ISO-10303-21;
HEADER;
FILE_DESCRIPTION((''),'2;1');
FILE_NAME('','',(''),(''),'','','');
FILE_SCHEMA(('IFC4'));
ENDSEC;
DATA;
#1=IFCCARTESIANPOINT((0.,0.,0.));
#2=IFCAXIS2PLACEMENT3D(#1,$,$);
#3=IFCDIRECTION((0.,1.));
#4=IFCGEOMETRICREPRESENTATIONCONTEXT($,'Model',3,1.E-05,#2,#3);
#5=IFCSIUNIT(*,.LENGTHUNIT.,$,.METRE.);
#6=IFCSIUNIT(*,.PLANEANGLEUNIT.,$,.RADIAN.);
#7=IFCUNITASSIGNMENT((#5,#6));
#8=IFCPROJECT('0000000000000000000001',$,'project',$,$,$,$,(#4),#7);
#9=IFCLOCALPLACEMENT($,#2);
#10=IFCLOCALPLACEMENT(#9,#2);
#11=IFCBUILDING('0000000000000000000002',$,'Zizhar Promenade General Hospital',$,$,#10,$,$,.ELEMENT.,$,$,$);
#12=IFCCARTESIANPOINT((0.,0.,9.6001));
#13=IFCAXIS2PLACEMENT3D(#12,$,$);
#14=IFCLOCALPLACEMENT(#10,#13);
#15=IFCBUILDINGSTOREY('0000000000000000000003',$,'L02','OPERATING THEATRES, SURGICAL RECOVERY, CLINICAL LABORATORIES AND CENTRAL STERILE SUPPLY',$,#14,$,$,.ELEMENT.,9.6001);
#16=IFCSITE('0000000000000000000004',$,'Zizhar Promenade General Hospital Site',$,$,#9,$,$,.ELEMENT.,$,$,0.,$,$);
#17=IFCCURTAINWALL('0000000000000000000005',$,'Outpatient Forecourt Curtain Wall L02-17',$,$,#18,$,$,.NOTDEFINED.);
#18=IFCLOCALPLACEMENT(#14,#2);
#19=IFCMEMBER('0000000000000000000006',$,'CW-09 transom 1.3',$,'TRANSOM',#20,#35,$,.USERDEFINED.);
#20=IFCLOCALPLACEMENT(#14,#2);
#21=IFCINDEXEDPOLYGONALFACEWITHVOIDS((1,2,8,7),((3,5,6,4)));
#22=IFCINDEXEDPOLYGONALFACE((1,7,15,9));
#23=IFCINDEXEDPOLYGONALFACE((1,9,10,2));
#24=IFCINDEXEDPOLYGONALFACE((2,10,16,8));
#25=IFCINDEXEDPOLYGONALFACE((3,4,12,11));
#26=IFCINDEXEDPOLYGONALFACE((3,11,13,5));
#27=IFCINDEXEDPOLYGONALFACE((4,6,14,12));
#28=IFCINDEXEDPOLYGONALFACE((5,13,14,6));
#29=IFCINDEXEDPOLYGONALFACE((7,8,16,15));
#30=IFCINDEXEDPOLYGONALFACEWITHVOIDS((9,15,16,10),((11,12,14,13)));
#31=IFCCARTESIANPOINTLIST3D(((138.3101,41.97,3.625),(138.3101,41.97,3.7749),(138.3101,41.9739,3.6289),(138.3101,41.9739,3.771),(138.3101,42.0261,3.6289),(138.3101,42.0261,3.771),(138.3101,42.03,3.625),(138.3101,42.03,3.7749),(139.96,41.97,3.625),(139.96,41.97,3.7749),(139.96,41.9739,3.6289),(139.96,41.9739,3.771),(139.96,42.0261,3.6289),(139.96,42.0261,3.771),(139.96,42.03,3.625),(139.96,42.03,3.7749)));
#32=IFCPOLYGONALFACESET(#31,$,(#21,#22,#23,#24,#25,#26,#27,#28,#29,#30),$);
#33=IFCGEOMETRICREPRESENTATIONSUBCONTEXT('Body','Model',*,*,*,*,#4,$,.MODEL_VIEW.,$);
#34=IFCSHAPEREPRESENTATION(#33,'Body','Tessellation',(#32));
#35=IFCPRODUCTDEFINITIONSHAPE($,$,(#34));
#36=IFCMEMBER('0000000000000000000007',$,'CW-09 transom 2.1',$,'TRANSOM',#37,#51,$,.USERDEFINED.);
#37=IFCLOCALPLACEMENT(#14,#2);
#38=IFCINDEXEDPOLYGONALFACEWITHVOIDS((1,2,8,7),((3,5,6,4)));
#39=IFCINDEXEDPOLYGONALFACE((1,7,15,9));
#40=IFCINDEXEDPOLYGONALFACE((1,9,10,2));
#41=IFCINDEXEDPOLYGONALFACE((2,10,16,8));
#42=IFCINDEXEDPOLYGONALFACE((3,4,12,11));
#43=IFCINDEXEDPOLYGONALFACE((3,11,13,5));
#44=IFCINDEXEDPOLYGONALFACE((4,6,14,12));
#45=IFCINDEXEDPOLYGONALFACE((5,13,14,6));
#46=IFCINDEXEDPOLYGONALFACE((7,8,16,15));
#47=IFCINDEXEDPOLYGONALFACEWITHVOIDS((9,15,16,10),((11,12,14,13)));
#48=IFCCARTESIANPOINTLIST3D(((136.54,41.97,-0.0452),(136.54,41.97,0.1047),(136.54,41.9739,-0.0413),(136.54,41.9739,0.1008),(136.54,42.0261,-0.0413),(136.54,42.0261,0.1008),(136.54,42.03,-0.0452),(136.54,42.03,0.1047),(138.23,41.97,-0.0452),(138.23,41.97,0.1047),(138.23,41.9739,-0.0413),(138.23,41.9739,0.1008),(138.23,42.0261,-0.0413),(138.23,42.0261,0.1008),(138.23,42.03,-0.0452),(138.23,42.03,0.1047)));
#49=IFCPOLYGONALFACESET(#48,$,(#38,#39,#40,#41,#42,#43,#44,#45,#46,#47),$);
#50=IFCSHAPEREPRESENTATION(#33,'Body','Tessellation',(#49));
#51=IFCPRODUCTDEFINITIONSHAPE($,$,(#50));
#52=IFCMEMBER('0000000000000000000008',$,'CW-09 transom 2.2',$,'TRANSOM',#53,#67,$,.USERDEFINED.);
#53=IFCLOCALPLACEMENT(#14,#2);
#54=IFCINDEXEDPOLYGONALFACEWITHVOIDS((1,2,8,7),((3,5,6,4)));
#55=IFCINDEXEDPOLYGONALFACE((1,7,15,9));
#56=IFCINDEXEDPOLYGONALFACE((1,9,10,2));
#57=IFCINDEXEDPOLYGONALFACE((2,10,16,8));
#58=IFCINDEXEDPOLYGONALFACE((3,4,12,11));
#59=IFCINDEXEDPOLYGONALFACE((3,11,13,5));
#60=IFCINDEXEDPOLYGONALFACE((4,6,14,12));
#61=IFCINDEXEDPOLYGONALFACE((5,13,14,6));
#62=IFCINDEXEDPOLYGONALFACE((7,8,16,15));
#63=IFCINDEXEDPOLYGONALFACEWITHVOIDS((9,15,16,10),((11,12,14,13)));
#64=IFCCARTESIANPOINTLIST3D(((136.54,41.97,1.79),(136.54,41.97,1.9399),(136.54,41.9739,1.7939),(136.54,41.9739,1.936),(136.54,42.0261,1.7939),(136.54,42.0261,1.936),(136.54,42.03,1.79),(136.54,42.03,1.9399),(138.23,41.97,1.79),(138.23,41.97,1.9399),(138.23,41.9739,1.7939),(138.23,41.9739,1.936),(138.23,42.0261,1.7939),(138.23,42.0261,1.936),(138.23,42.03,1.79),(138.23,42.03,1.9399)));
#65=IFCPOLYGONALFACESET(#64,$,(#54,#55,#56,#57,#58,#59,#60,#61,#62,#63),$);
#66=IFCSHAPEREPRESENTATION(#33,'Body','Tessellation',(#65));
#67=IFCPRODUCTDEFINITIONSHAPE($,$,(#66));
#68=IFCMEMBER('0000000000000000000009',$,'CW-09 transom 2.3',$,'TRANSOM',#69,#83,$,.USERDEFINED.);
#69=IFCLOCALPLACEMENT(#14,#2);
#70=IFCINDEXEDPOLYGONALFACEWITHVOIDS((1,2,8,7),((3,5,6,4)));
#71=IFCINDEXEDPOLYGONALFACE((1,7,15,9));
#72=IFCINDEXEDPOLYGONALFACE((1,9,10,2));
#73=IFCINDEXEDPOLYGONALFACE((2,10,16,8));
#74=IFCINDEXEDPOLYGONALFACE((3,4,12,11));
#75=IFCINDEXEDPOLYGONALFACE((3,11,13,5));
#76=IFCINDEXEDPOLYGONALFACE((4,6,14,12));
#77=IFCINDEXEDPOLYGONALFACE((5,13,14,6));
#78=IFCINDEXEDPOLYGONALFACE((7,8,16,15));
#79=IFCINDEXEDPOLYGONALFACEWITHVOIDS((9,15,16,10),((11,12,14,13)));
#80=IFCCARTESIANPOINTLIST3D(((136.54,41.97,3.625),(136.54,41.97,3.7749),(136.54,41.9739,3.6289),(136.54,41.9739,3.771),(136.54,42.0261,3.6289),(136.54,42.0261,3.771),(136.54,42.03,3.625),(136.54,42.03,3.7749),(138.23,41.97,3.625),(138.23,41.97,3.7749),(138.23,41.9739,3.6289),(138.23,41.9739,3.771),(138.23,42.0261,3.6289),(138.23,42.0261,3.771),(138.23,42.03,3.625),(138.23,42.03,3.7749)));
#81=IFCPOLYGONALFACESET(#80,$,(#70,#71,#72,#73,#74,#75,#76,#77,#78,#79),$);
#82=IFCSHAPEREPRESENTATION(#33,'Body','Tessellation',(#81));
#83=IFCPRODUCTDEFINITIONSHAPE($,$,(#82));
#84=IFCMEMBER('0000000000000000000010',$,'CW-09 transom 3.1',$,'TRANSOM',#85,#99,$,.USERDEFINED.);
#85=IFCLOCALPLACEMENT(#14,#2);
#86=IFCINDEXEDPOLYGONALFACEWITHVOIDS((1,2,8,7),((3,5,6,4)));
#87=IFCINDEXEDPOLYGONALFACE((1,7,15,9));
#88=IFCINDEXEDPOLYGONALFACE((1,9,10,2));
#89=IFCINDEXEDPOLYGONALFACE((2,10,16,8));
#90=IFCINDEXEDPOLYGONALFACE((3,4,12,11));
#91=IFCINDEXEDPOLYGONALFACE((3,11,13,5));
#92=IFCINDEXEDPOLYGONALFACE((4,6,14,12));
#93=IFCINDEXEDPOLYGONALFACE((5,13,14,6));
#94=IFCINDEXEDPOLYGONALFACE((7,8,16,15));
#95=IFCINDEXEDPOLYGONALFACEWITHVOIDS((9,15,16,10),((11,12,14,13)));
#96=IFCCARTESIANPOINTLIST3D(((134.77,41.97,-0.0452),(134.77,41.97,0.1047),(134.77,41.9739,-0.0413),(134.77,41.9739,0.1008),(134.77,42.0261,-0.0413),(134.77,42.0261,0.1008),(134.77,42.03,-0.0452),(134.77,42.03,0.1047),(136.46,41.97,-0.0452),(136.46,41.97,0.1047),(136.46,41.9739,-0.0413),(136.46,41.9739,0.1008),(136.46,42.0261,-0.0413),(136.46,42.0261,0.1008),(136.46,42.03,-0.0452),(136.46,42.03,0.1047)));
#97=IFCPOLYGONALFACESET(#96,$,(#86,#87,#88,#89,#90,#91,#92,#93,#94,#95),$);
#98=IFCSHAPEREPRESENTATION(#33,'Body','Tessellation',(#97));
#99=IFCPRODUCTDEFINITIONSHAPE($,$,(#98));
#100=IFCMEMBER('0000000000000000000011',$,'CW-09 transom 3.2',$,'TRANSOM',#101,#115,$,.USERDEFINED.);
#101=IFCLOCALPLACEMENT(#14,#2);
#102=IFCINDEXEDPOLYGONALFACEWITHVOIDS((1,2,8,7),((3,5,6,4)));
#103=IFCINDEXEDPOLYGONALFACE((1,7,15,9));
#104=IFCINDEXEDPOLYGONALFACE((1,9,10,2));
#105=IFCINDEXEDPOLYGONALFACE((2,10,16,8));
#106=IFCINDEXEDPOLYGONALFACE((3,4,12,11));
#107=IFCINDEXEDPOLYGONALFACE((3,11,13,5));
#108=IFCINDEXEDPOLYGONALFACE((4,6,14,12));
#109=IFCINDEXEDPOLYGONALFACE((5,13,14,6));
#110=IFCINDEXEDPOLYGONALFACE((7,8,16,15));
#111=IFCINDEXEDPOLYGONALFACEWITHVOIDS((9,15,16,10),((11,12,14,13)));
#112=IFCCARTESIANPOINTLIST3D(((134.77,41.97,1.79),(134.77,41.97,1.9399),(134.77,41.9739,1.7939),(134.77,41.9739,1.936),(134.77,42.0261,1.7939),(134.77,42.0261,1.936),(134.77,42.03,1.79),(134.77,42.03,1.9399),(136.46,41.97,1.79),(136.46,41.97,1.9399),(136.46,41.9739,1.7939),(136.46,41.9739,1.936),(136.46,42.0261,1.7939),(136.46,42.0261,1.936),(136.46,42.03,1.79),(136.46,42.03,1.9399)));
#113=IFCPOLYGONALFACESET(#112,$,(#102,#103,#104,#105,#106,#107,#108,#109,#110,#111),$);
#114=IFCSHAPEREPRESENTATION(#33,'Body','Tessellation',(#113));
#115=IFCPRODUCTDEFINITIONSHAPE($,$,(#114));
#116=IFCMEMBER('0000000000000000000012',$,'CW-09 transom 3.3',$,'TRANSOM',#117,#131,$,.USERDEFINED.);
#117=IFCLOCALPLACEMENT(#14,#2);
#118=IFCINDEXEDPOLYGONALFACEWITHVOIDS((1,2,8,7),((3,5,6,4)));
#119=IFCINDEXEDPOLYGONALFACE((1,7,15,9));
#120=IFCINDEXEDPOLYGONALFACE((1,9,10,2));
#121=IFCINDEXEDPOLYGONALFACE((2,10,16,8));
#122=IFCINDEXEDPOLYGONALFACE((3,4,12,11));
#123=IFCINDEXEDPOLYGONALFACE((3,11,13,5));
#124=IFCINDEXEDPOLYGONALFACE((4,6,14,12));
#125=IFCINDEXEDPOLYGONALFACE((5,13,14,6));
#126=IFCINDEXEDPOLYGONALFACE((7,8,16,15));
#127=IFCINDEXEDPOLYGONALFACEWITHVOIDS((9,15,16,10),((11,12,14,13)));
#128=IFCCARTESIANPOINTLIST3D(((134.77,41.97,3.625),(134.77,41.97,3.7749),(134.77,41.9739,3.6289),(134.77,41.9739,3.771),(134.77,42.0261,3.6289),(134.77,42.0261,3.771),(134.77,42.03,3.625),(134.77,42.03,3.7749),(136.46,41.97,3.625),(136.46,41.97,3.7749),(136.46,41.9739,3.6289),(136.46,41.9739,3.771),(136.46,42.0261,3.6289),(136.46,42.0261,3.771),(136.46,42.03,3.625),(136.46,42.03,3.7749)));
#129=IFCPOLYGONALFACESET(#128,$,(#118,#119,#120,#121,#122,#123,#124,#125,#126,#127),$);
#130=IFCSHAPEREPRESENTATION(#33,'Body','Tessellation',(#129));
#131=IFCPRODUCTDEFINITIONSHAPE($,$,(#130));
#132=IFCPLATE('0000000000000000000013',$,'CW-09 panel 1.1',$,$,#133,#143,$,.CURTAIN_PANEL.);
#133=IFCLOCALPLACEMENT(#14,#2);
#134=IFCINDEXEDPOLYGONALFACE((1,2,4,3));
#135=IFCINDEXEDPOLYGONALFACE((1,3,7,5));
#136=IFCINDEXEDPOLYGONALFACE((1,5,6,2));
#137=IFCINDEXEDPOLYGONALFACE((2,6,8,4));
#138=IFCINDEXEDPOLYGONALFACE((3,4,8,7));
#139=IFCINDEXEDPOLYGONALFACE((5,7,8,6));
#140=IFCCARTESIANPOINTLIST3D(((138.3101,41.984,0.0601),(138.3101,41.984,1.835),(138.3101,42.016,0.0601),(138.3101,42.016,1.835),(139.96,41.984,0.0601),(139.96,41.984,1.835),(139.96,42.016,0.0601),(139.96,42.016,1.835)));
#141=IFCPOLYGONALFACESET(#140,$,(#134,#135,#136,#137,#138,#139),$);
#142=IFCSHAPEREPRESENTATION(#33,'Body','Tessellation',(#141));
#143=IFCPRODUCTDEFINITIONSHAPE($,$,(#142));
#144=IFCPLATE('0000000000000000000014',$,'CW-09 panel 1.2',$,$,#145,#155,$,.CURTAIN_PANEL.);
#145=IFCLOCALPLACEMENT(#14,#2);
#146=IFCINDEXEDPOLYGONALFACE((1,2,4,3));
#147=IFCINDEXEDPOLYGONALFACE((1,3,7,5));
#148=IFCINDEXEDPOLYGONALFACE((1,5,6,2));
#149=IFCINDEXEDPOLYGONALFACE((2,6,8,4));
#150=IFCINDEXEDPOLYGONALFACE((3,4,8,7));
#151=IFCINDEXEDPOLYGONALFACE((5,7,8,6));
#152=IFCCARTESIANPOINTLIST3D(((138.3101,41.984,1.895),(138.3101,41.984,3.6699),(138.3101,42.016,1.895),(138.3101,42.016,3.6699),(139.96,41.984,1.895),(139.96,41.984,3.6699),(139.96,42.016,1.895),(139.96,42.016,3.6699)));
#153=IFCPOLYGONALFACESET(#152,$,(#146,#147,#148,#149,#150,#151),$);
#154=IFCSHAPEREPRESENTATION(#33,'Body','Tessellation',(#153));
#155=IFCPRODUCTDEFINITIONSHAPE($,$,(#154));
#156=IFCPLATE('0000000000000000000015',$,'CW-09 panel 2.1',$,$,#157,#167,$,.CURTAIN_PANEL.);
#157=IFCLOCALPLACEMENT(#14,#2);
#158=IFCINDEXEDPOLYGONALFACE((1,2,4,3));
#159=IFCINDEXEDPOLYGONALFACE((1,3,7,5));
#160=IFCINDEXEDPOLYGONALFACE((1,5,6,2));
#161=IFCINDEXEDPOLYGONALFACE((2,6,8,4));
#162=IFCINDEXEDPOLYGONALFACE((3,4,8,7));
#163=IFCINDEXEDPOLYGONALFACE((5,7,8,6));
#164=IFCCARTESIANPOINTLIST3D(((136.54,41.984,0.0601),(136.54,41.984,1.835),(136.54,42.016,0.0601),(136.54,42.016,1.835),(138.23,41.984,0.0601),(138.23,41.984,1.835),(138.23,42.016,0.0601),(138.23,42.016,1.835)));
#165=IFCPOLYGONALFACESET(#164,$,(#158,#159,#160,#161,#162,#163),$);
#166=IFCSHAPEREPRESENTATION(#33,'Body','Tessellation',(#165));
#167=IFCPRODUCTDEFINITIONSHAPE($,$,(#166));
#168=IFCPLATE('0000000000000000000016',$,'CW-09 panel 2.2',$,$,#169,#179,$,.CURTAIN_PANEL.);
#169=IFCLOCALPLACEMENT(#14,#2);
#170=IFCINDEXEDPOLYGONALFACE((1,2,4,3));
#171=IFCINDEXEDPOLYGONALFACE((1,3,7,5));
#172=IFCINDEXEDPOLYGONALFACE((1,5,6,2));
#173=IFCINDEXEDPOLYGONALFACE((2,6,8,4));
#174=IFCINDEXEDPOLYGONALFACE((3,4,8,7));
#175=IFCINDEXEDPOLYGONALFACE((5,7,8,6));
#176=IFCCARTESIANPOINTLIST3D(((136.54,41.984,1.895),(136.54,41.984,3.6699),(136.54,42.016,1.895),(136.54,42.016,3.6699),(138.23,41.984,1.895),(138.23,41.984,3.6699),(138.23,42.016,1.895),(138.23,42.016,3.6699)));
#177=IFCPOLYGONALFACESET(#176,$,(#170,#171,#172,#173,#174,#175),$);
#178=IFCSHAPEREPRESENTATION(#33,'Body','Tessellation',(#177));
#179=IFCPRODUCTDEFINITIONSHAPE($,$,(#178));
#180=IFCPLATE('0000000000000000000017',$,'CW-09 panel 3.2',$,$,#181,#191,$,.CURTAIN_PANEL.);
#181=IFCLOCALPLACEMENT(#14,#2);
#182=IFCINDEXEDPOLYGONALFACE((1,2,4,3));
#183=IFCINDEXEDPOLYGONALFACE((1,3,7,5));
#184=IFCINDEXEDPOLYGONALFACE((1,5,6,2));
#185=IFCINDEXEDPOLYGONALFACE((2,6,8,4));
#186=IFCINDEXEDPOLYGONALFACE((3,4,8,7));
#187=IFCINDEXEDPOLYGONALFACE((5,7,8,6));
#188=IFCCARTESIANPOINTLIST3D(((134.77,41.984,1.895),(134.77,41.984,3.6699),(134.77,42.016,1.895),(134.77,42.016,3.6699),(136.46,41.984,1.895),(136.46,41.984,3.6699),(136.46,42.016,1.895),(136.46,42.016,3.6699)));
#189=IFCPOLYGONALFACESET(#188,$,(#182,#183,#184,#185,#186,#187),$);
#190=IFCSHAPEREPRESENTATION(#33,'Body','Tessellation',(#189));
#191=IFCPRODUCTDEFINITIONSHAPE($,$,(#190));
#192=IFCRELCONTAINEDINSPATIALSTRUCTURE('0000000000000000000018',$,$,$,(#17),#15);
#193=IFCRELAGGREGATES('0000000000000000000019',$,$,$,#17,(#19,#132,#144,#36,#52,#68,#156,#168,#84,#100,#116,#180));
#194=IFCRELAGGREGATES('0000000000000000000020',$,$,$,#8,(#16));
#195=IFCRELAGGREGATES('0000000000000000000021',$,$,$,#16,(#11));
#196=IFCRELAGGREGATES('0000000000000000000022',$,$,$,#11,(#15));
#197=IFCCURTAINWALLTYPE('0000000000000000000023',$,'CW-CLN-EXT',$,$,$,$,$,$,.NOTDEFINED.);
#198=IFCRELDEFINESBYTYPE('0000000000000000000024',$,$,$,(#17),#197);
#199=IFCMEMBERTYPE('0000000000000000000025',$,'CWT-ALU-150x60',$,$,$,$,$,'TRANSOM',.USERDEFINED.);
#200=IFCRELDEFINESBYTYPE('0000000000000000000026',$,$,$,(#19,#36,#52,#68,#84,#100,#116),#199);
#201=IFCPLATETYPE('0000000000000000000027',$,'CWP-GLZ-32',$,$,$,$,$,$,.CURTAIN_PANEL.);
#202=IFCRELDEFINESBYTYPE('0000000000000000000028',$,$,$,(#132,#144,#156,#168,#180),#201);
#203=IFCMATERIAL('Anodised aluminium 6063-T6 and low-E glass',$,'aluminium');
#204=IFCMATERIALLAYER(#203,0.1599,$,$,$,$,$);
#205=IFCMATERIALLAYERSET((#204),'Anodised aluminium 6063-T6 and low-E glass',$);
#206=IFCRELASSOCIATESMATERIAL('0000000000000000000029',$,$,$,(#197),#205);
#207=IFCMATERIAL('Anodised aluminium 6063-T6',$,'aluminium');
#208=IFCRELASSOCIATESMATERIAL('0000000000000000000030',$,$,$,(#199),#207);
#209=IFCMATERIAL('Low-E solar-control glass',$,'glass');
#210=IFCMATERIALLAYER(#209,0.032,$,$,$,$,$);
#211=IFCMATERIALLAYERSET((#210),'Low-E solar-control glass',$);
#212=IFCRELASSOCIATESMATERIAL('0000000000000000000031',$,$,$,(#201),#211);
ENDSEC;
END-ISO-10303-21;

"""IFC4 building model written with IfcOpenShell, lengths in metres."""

from ifc_helpers import new_model, si_unit, direction, frame, origin, origin_2d, place, context, subcontext, project, spatial, rectangle, hollow_rectangle, extrude, material, layer, layer_set, material_profile, profile_set, type_object, element, aggregate, save


model = new_model("IFC4")

# Units and contexts
model_context = context("Model", 3, precision=1e-05, world=origin(), true_north=direction((0.0, 1.0)))
body_context = subcontext(model_context, "Body", "Model", "MODEL_VIEW")
ifc_project = project(units=[si_unit("LENGTHUNIT", "METRE"), si_unit("PLANEANGLEUNIT", "RADIAN")], contexts=[model_context])

# Site, building, storey
site_placement = place(None, origin())
site = spatial("IfcSite", under=ifc_project, at=site_placement, Name="Zizhar Promenade General Hospital Site", CompositionType="ELEMENT", RefElevation=0.0)
building_placement = place(site_placement, origin())
building = spatial("IfcBuilding", under=site, at=building_placement, Name="Zizhar Promenade General Hospital", CompositionType="ELEMENT")
storey_placement = place(building_placement, frame((0.0, 0.0, 9.6001)))
storey = spatial("IfcBuildingStorey", under=building, at=storey_placement, Name="L02", Description="OPERATING THEATRES, SURGICAL RECOVERY, CLINICAL LABORATORIES AND CENTRAL STERILE SUPPLY", CompositionType="ELEMENT", Elevation=9.6001)

# Curtain wall, members, plates
ifc_material_1 = material(Name="Anodised aluminium 6063-T6 and low-E glass", Category="aluminium")
ifc_layer_1 = layer(ifc_material_1, 0.1599)
ifc_layer_set_1 = layer_set([ifc_layer_1], Name="Anodised aluminium 6063-T6 and low-E glass")
curtain_wall_type = type_object("IfcCurtainWallType", Name="CW-CLN-EXT", PredefinedType="NOTDEFINED", material=ifc_layer_set_1)
curtain_wall_placement = place(storey_placement, origin())
curtain_wall = element("IfcCurtainWall", 1, at=curtain_wall_placement, inside=storey, type_object=curtain_wall_type, Name="Outpatient Forecourt Curtain Wall L02-17", PredefinedType="NOTDEFINED")
ifc_material_2 = material(Name="Anodised aluminium 6063-T6", Category="aluminium")
ifc_material_profile_1 = material_profile(ifc_material_2, hollow_rectangle(XDim=0.0601, YDim=0.1499, WallThickness=0.0039, at=origin_2d()))
ifc_profile_set_1 = profile_set([ifc_material_profile_1], Name="Anodised aluminium 6063-T6")
member_type_1 = type_object("IfcMemberType", Name="CWT-ALU-150x60", ElementType="TRANSOM", PredefinedType="USERDEFINED", material=ifc_profile_set_1)
member_1_placement = place(storey_placement, frame((139.96, 42.0, 3.7), z_axis=(-1.0, 0.0, 0.0), x_axis=(0.0, -1.0, 0.0)))
member_1 = element("IfcMember", 2, at=member_1_placement, type_object=member_type_1, Name="CW-09 transom 1.3", ObjectType="TRANSOM", PredefinedType="USERDEFINED", context=body_context, shape_type="SweptSolid", body=[
    extrude(hollow_rectangle(XDim=0.0601, YDim=0.1499, WallThickness=0.0039, at=origin_2d()), origin(), (0.0, 0.0, 1.0), 1.6499),
])
member_2_placement = place(storey_placement, frame((138.23, 42.0, 0.0298), z_axis=(-1.0, 0.0, 0.0), x_axis=(0.0, -1.0, 0.0)))
member_2 = element("IfcMember", 3, at=member_2_placement, type_object=member_type_1, Name="CW-09 transom 2.1", ObjectType="TRANSOM", PredefinedType="USERDEFINED", context=body_context, shape_type="SweptSolid", body=[
    extrude(hollow_rectangle(XDim=0.0601, YDim=0.1499, WallThickness=0.0039, at=origin_2d()), origin(), (0.0, 0.0, 1.0), 1.6899),
])
member_3_placement = place(storey_placement, frame((138.23, 42.0, 1.865), z_axis=(-1.0, 0.0, 0.0), x_axis=(0.0, -1.0, 0.0)))
member_3 = element("IfcMember", 4, at=member_3_placement, type_object=member_type_1, Name="CW-09 transom 2.2", ObjectType="TRANSOM", PredefinedType="USERDEFINED", context=body_context, shape_type="SweptSolid", body=[
    extrude(hollow_rectangle(XDim=0.0601, YDim=0.1499, WallThickness=0.0039, at=origin_2d()), origin(), (0.0, 0.0, 1.0), 1.6899),
])
member_4_placement = place(storey_placement, frame((138.23, 42.0, 3.7), z_axis=(-1.0, 0.0, 0.0), x_axis=(0.0, -1.0, 0.0)))
member_4 = element("IfcMember", 5, at=member_4_placement, type_object=member_type_1, Name="CW-09 transom 2.3", ObjectType="TRANSOM", PredefinedType="USERDEFINED", context=body_context, shape_type="SweptSolid", body=[
    extrude(hollow_rectangle(XDim=0.0601, YDim=0.1499, WallThickness=0.0039, at=origin_2d()), origin(), (0.0, 0.0, 1.0), 1.6899),
])
member_5_placement = place(storey_placement, frame((136.46, 42.0, 0.0298), z_axis=(-1.0, 0.0, 0.0), x_axis=(0.0, -1.0, 0.0)))
member_5 = element("IfcMember", 6, at=member_5_placement, type_object=member_type_1, Name="CW-09 transom 3.1", ObjectType="TRANSOM", PredefinedType="USERDEFINED", context=body_context, shape_type="SweptSolid", body=[
    extrude(hollow_rectangle(XDim=0.0601, YDim=0.1499, WallThickness=0.0039, at=origin_2d()), origin(), (0.0, 0.0, 1.0), 1.6899),
])
member_6_placement = place(storey_placement, frame((136.46, 42.0, 1.865), z_axis=(-1.0, 0.0, 0.0), x_axis=(0.0, -1.0, 0.0)))
member_6 = element("IfcMember", 7, at=member_6_placement, type_object=member_type_1, Name="CW-09 transom 3.2", ObjectType="TRANSOM", PredefinedType="USERDEFINED", context=body_context, shape_type="SweptSolid", body=[
    extrude(hollow_rectangle(XDim=0.0601, YDim=0.1499, WallThickness=0.0039, at=origin_2d()), origin(), (0.0, 0.0, 1.0), 1.6899),
])
member_7_placement = place(storey_placement, frame((136.46, 42.0, 3.7), z_axis=(-1.0, 0.0, 0.0), x_axis=(0.0, -1.0, 0.0)))
member_7 = element("IfcMember", 8, at=member_7_placement, type_object=member_type_1, Name="CW-09 transom 3.3", ObjectType="TRANSOM", PredefinedType="USERDEFINED", context=body_context, shape_type="SweptSolid", body=[
    extrude(hollow_rectangle(XDim=0.0601, YDim=0.1499, WallThickness=0.0039, at=origin_2d()), origin(), (0.0, 0.0, 1.0), 1.6899),
])
ifc_material_3 = material(Name="Low-E solar-control glass", Category="glass")
ifc_layer_2 = layer(ifc_material_3, 0.032)
ifc_layer_set_2 = layer_set([ifc_layer_2], Name="Low-E solar-control glass")
plate_type = type_object("IfcPlateType", Name="CWP-GLZ-32", PredefinedType="CURTAIN_PANEL", material=ifc_layer_set_2)
plate_1_placement = place(storey_placement, frame((139.135, 42.0, 0.0601), z_axis=(0.0, 0.0, 1.0), x_axis=(-1.0, 0.0, 0.0)))
plate_1 = element("IfcPlate", 9, at=plate_1_placement, type_object=plate_type, Name="CW-09 panel 1.1", PredefinedType="CURTAIN_PANEL", context=body_context, shape_type="SweptSolid", body=[
    extrude(rectangle(XDim=1.6499, YDim=0.032, at=origin_2d()), origin(), (0.0, 0.0, 1.0), 1.7749),
])
plate_2_placement = place(storey_placement, frame((139.135, 42.0, 1.895), z_axis=(0.0, 0.0, 1.0), x_axis=(-1.0, 0.0, 0.0)))
plate_2 = element("IfcPlate", 10, at=plate_2_placement, type_object=plate_type, Name="CW-09 panel 1.2", PredefinedType="CURTAIN_PANEL", context=body_context, shape_type="SweptSolid", body=[
    extrude(rectangle(XDim=1.6499, YDim=0.032, at=origin_2d()), origin(), (0.0, 0.0, 1.0), 1.7749),
])
plate_3_placement = place(storey_placement, frame((137.385, 42.0, 0.0601), z_axis=(0.0, 0.0, 1.0), x_axis=(-1.0, 0.0, 0.0)))
plate_3 = element("IfcPlate", 11, at=plate_3_placement, type_object=plate_type, Name="CW-09 panel 2.1", PredefinedType="CURTAIN_PANEL", context=body_context, shape_type="SweptSolid", body=[
    extrude(rectangle(XDim=1.6899, YDim=0.032, at=origin_2d()), origin(), (0.0, 0.0, 1.0), 1.7749),
])
plate_4_placement = place(storey_placement, frame((137.385, 42.0, 1.895), z_axis=(0.0, 0.0, 1.0), x_axis=(-1.0, 0.0, 0.0)))
plate_4 = element("IfcPlate", 12, at=plate_4_placement, type_object=plate_type, Name="CW-09 panel 2.2", PredefinedType="CURTAIN_PANEL", context=body_context, shape_type="SweptSolid", body=[
    extrude(rectangle(XDim=1.6899, YDim=0.032, at=origin_2d()), origin(), (0.0, 0.0, 1.0), 1.7749),
])
plate_5_placement = place(storey_placement, frame((135.615, 42.0, 1.895), z_axis=(0.0, 0.0, 1.0), x_axis=(-1.0, 0.0, 0.0)))
plate_5 = element("IfcPlate", 13, at=plate_5_placement, type_object=plate_type, Name="CW-09 panel 3.2", PredefinedType="CURTAIN_PANEL", context=body_context, shape_type="SweptSolid", body=[
    extrude(rectangle(XDim=1.6899, YDim=0.032, at=origin_2d()), origin(), (0.0, 0.0, 1.0), 1.7749),
])
aggregate(curtain_wall, [member_1, plate_1, plate_2, member_2, member_3, member_4, plate_3, plate_4, member_5, member_6, member_7, plate_5])

save(model, "model.ifc")
